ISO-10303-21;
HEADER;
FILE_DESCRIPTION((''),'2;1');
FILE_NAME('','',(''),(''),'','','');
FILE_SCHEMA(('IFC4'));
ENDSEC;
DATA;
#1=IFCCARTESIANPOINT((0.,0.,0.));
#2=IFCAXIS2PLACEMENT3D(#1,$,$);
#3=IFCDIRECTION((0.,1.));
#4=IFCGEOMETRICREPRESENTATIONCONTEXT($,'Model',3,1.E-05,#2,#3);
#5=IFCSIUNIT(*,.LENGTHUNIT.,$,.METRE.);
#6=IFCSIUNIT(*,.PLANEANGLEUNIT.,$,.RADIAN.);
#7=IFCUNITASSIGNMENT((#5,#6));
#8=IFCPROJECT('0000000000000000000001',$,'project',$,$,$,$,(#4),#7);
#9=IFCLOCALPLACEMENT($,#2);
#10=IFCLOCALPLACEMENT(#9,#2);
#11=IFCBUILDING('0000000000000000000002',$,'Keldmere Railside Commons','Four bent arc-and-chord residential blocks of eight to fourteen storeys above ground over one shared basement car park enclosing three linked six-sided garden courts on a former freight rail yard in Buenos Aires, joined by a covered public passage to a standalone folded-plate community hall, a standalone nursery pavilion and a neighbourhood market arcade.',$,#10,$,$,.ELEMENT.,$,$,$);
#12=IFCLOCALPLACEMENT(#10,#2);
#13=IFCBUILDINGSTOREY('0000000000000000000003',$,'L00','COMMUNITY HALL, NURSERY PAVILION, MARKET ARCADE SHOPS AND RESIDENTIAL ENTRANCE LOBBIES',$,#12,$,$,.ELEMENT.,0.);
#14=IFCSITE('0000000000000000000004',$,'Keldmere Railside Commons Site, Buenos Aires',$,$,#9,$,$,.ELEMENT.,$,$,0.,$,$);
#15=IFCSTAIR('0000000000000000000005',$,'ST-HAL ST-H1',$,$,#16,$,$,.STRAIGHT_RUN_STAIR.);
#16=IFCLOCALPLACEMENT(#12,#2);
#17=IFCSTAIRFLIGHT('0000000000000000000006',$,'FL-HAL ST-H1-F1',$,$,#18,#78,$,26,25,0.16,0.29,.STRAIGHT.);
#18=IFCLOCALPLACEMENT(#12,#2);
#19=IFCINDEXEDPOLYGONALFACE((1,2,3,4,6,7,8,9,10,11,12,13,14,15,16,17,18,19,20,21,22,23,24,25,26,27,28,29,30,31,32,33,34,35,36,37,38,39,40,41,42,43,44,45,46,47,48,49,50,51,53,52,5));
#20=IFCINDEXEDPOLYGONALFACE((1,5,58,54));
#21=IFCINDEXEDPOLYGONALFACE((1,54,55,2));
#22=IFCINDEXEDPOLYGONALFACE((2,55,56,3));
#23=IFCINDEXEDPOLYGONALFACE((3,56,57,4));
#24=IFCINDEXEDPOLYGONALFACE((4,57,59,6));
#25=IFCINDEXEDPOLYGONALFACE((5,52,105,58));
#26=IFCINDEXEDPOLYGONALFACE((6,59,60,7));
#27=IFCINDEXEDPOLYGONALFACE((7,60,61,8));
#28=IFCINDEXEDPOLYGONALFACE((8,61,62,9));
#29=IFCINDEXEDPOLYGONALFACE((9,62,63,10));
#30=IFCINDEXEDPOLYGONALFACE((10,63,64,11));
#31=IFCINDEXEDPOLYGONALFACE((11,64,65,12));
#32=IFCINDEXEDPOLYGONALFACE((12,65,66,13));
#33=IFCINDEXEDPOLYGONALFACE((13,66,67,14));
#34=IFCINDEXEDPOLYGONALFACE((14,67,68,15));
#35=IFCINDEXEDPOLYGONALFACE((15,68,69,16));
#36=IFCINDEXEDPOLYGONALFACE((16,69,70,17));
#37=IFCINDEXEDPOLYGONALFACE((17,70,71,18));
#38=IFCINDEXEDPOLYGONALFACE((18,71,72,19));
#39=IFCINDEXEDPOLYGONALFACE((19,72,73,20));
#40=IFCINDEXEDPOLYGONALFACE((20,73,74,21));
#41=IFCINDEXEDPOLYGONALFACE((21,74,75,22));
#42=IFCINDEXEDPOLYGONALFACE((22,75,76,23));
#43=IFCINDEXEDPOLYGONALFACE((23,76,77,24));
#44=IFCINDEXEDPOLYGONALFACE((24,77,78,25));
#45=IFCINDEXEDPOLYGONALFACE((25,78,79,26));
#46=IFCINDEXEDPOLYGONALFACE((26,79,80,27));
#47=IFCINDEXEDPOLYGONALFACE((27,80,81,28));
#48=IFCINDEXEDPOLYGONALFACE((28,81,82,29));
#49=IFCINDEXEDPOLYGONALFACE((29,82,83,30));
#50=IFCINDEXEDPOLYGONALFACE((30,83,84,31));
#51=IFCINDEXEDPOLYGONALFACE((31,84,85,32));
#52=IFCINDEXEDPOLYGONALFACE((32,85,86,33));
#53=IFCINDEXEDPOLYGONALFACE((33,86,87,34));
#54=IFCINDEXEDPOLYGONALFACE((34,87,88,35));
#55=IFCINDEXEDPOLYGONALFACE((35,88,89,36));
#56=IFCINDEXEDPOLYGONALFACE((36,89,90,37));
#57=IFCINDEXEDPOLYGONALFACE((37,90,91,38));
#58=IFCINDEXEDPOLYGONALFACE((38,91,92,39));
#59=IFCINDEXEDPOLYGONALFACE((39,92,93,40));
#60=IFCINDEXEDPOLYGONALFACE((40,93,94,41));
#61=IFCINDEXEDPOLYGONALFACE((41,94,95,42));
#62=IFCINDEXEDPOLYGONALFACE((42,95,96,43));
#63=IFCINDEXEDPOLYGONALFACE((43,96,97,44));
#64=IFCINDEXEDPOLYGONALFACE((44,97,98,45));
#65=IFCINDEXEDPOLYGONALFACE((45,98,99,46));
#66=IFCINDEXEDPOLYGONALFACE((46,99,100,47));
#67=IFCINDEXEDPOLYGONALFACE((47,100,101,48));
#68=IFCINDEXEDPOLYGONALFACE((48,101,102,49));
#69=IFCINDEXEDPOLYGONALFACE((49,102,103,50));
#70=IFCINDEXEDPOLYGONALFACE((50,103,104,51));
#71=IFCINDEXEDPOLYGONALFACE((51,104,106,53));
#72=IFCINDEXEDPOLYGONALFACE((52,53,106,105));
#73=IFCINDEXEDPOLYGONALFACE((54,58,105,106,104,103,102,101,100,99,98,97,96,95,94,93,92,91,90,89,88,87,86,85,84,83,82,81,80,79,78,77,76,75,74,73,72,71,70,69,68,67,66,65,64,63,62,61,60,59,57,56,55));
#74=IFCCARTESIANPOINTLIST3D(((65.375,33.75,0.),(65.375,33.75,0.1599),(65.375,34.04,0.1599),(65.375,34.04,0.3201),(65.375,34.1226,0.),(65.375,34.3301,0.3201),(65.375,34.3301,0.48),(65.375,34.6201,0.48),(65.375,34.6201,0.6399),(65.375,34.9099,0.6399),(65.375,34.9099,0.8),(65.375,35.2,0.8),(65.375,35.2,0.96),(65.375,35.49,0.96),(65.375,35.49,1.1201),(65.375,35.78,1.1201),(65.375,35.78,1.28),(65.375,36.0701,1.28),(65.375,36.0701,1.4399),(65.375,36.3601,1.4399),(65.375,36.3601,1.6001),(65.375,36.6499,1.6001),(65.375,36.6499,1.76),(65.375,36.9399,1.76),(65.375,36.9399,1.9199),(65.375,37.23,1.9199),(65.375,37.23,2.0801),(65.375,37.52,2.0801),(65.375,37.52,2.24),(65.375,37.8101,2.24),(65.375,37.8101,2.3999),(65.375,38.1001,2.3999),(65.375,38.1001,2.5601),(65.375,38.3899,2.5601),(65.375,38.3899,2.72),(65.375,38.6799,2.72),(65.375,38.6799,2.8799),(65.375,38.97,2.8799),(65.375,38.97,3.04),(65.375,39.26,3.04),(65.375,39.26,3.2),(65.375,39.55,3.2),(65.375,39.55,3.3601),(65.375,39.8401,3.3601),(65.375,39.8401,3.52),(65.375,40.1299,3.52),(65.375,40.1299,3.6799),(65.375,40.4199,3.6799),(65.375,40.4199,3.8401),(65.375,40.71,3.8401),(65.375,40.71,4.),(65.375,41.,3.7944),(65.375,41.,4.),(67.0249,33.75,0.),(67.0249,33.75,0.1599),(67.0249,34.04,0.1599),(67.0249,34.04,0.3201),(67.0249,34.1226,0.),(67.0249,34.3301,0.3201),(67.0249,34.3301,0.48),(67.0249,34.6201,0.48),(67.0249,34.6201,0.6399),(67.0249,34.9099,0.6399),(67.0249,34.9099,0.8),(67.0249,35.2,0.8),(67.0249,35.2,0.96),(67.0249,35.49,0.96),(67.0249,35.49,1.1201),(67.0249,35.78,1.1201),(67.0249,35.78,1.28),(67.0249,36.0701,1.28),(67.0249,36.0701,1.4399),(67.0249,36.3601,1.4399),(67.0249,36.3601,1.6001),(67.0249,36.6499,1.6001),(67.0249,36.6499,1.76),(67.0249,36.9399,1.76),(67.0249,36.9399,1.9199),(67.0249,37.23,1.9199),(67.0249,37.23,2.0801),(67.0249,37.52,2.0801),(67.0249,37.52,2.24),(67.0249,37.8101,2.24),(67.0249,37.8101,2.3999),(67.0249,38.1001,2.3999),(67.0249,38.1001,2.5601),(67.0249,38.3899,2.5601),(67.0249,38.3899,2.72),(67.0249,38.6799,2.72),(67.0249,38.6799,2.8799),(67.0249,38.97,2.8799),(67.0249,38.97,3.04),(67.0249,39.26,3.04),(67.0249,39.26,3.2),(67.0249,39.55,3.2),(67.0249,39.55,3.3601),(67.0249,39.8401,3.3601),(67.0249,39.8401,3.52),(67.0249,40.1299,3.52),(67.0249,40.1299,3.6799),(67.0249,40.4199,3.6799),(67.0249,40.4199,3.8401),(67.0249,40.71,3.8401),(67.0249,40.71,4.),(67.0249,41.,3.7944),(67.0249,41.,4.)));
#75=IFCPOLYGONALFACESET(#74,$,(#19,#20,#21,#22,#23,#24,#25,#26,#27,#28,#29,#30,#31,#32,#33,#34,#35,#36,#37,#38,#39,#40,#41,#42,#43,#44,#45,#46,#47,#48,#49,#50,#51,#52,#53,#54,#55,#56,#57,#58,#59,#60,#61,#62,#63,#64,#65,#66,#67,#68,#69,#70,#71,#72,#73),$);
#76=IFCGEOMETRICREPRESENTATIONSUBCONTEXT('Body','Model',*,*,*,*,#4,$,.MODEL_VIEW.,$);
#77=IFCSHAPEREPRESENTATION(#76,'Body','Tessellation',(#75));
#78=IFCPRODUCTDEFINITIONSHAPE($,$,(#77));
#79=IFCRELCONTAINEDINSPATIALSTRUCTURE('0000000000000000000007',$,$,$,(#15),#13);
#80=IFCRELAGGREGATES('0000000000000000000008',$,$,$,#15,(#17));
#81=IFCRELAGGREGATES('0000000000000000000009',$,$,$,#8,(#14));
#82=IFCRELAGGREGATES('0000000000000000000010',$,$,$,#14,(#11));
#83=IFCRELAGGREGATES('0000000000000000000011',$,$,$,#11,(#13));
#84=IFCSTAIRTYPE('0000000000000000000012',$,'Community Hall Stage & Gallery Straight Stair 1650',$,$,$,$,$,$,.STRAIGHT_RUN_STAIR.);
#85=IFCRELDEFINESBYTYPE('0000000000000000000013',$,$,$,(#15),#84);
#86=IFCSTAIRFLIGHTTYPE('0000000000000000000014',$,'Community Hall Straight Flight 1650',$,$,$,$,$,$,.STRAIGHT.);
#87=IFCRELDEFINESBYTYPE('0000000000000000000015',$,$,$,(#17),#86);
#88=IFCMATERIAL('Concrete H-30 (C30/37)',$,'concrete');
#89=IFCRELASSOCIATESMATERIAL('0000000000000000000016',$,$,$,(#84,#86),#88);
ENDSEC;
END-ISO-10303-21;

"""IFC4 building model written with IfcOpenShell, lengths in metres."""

from ifc_helpers import new_model, si_unit, direction, frame, origin, place, context, subcontext, project, spatial, polyline, outline, extrude, material, type_object, element, aggregate, save


model = new_model("IFC4")

# Units and contexts
model_context = context("Model", 3, precision=1e-05, world=origin(), true_north=direction((0.0, 1.0)))
body_context = subcontext(model_context, "Body", "Model", "MODEL_VIEW")
ifc_project = project(units=[si_unit("LENGTHUNIT", "METRE"), si_unit("PLANEANGLEUNIT", "RADIAN")], contexts=[model_context])

# Site, building, storey
site_placement = place(None, origin())
site = spatial("IfcSite", under=ifc_project, at=site_placement, Name="Keldmere Railside Commons Site, Buenos Aires", CompositionType="ELEMENT", RefElevation=0.0)
building_placement = place(site_placement, origin())
building = spatial("IfcBuilding", under=site, at=building_placement, Name="Keldmere Railside Commons", Description="Four bent arc-and-chord residential blocks of eight to fourteen storeys above ground over one shared basement car park enclosing three linked six-sided garden courts on a former freight rail yard in Buenos Aires, joined by a covered public passage to a standalone folded-plate community hall, a standalone nursery pavilion and a neighbourhood market arcade.", CompositionType="ELEMENT")
storey_placement = place(building_placement, origin())
storey = spatial("IfcBuildingStorey", under=building, at=storey_placement, Name="L00", Description="COMMUNITY HALL, NURSERY PAVILION, MARKET ARCADE SHOPS AND RESIDENTIAL ENTRANCE LOBBIES", CompositionType="ELEMENT", Elevation=0.0)

# Shared definitions
ifc_material_1 = material(Name="Concrete H-30 (C30/37)", Category="concrete")

# Stair, stair flight
stair_type = type_object("IfcStairType", Name="Community Hall Stage & Gallery Straight Stair 1650", PredefinedType="STRAIGHT_RUN_STAIR", material=ifc_material_1)
stair_placement = place(storey_placement, origin())
stair = element("IfcStair", 1, at=stair_placement, inside=storey, type_object=stair_type, Name="ST-HAL ST-H1", PredefinedType="STRAIGHT_RUN_STAIR")
stair_flight_type = type_object("IfcStairFlightType", Name="Community Hall Straight Flight 1650", PredefinedType="STRAIGHT", material=ifc_material_1)
stair_flight_placement = place(storey_placement, frame((66.2, 33.75, 0.0), z_axis=(0.0, 0.0, 1.0), x_axis=(0.0, 1.0, 0.0)))
stair_flight = element("IfcStairFlight", 2, at=stair_flight_placement, type_object=stair_flight_type, Name="FL-HAL ST-H1-F1", NumberOfRisers=26, NumberOfTreads=25, PredefinedType="STRAIGHT", RiserHeight=0.16, TreadLength=0.29, context=body_context, shape_type="SweptSolid", body=[
    extrude(outline(polyline([(0.0, 0.0), (0.0, 0.1599), (0.29, 0.1599), (0.29, 0.3201), (0.5801, 0.3201), (0.5801, 0.48), (0.8701, 0.48), (0.8701, 0.6399), (1.1599, 0.6399), (1.1599, 0.8), (1.45, 0.8), (1.45, 0.96), (1.74, 0.96), (1.74, 1.1201), (2.03, 1.1201), (2.03, 1.28), (2.3201, 1.28), (2.3201, 1.4399), (2.6101, 1.4399), (2.6101, 1.6001), (2.8999, 1.6001), (2.8999, 1.76), (3.1899, 1.76), (3.1899, 1.9199), (3.48, 1.9199), (3.48, 2.0801), (3.77, 2.0801), (3.77, 2.24), (4.0601, 2.24), (4.0601, 2.3999), (4.3501, 2.3999), (4.3501, 2.5601), (4.6399, 2.5601), (4.6399, 2.72), (4.9299, 2.72), (4.9299, 2.8799), (5.22, 2.8799), (5.22, 3.04), (5.51, 3.04), (5.51, 3.2), (5.8, 3.2), (5.8, 3.3601), (6.0901, 3.3601), (6.0901, 3.52), (6.3799, 3.52), (6.3799, 3.6799), (6.6699, 3.6799), (6.6699, 3.8401), (6.96, 3.8401), (6.96, 4.0), (7.25, 4.0), (7.25, 4.1599), (7.25, 3.7944), (0.3726, 0.0), (0.0, 0.0)])), frame((0.0, 0.825, 0.0), z_axis=(0.0, -1.0, 0.0), x_axis=(1.0, 0.0, 0.0)), (0.0, 0.0, 1.0), 1.6499),
])
aggregate(stair, [stair_flight])

save(model, "model.ifc")
